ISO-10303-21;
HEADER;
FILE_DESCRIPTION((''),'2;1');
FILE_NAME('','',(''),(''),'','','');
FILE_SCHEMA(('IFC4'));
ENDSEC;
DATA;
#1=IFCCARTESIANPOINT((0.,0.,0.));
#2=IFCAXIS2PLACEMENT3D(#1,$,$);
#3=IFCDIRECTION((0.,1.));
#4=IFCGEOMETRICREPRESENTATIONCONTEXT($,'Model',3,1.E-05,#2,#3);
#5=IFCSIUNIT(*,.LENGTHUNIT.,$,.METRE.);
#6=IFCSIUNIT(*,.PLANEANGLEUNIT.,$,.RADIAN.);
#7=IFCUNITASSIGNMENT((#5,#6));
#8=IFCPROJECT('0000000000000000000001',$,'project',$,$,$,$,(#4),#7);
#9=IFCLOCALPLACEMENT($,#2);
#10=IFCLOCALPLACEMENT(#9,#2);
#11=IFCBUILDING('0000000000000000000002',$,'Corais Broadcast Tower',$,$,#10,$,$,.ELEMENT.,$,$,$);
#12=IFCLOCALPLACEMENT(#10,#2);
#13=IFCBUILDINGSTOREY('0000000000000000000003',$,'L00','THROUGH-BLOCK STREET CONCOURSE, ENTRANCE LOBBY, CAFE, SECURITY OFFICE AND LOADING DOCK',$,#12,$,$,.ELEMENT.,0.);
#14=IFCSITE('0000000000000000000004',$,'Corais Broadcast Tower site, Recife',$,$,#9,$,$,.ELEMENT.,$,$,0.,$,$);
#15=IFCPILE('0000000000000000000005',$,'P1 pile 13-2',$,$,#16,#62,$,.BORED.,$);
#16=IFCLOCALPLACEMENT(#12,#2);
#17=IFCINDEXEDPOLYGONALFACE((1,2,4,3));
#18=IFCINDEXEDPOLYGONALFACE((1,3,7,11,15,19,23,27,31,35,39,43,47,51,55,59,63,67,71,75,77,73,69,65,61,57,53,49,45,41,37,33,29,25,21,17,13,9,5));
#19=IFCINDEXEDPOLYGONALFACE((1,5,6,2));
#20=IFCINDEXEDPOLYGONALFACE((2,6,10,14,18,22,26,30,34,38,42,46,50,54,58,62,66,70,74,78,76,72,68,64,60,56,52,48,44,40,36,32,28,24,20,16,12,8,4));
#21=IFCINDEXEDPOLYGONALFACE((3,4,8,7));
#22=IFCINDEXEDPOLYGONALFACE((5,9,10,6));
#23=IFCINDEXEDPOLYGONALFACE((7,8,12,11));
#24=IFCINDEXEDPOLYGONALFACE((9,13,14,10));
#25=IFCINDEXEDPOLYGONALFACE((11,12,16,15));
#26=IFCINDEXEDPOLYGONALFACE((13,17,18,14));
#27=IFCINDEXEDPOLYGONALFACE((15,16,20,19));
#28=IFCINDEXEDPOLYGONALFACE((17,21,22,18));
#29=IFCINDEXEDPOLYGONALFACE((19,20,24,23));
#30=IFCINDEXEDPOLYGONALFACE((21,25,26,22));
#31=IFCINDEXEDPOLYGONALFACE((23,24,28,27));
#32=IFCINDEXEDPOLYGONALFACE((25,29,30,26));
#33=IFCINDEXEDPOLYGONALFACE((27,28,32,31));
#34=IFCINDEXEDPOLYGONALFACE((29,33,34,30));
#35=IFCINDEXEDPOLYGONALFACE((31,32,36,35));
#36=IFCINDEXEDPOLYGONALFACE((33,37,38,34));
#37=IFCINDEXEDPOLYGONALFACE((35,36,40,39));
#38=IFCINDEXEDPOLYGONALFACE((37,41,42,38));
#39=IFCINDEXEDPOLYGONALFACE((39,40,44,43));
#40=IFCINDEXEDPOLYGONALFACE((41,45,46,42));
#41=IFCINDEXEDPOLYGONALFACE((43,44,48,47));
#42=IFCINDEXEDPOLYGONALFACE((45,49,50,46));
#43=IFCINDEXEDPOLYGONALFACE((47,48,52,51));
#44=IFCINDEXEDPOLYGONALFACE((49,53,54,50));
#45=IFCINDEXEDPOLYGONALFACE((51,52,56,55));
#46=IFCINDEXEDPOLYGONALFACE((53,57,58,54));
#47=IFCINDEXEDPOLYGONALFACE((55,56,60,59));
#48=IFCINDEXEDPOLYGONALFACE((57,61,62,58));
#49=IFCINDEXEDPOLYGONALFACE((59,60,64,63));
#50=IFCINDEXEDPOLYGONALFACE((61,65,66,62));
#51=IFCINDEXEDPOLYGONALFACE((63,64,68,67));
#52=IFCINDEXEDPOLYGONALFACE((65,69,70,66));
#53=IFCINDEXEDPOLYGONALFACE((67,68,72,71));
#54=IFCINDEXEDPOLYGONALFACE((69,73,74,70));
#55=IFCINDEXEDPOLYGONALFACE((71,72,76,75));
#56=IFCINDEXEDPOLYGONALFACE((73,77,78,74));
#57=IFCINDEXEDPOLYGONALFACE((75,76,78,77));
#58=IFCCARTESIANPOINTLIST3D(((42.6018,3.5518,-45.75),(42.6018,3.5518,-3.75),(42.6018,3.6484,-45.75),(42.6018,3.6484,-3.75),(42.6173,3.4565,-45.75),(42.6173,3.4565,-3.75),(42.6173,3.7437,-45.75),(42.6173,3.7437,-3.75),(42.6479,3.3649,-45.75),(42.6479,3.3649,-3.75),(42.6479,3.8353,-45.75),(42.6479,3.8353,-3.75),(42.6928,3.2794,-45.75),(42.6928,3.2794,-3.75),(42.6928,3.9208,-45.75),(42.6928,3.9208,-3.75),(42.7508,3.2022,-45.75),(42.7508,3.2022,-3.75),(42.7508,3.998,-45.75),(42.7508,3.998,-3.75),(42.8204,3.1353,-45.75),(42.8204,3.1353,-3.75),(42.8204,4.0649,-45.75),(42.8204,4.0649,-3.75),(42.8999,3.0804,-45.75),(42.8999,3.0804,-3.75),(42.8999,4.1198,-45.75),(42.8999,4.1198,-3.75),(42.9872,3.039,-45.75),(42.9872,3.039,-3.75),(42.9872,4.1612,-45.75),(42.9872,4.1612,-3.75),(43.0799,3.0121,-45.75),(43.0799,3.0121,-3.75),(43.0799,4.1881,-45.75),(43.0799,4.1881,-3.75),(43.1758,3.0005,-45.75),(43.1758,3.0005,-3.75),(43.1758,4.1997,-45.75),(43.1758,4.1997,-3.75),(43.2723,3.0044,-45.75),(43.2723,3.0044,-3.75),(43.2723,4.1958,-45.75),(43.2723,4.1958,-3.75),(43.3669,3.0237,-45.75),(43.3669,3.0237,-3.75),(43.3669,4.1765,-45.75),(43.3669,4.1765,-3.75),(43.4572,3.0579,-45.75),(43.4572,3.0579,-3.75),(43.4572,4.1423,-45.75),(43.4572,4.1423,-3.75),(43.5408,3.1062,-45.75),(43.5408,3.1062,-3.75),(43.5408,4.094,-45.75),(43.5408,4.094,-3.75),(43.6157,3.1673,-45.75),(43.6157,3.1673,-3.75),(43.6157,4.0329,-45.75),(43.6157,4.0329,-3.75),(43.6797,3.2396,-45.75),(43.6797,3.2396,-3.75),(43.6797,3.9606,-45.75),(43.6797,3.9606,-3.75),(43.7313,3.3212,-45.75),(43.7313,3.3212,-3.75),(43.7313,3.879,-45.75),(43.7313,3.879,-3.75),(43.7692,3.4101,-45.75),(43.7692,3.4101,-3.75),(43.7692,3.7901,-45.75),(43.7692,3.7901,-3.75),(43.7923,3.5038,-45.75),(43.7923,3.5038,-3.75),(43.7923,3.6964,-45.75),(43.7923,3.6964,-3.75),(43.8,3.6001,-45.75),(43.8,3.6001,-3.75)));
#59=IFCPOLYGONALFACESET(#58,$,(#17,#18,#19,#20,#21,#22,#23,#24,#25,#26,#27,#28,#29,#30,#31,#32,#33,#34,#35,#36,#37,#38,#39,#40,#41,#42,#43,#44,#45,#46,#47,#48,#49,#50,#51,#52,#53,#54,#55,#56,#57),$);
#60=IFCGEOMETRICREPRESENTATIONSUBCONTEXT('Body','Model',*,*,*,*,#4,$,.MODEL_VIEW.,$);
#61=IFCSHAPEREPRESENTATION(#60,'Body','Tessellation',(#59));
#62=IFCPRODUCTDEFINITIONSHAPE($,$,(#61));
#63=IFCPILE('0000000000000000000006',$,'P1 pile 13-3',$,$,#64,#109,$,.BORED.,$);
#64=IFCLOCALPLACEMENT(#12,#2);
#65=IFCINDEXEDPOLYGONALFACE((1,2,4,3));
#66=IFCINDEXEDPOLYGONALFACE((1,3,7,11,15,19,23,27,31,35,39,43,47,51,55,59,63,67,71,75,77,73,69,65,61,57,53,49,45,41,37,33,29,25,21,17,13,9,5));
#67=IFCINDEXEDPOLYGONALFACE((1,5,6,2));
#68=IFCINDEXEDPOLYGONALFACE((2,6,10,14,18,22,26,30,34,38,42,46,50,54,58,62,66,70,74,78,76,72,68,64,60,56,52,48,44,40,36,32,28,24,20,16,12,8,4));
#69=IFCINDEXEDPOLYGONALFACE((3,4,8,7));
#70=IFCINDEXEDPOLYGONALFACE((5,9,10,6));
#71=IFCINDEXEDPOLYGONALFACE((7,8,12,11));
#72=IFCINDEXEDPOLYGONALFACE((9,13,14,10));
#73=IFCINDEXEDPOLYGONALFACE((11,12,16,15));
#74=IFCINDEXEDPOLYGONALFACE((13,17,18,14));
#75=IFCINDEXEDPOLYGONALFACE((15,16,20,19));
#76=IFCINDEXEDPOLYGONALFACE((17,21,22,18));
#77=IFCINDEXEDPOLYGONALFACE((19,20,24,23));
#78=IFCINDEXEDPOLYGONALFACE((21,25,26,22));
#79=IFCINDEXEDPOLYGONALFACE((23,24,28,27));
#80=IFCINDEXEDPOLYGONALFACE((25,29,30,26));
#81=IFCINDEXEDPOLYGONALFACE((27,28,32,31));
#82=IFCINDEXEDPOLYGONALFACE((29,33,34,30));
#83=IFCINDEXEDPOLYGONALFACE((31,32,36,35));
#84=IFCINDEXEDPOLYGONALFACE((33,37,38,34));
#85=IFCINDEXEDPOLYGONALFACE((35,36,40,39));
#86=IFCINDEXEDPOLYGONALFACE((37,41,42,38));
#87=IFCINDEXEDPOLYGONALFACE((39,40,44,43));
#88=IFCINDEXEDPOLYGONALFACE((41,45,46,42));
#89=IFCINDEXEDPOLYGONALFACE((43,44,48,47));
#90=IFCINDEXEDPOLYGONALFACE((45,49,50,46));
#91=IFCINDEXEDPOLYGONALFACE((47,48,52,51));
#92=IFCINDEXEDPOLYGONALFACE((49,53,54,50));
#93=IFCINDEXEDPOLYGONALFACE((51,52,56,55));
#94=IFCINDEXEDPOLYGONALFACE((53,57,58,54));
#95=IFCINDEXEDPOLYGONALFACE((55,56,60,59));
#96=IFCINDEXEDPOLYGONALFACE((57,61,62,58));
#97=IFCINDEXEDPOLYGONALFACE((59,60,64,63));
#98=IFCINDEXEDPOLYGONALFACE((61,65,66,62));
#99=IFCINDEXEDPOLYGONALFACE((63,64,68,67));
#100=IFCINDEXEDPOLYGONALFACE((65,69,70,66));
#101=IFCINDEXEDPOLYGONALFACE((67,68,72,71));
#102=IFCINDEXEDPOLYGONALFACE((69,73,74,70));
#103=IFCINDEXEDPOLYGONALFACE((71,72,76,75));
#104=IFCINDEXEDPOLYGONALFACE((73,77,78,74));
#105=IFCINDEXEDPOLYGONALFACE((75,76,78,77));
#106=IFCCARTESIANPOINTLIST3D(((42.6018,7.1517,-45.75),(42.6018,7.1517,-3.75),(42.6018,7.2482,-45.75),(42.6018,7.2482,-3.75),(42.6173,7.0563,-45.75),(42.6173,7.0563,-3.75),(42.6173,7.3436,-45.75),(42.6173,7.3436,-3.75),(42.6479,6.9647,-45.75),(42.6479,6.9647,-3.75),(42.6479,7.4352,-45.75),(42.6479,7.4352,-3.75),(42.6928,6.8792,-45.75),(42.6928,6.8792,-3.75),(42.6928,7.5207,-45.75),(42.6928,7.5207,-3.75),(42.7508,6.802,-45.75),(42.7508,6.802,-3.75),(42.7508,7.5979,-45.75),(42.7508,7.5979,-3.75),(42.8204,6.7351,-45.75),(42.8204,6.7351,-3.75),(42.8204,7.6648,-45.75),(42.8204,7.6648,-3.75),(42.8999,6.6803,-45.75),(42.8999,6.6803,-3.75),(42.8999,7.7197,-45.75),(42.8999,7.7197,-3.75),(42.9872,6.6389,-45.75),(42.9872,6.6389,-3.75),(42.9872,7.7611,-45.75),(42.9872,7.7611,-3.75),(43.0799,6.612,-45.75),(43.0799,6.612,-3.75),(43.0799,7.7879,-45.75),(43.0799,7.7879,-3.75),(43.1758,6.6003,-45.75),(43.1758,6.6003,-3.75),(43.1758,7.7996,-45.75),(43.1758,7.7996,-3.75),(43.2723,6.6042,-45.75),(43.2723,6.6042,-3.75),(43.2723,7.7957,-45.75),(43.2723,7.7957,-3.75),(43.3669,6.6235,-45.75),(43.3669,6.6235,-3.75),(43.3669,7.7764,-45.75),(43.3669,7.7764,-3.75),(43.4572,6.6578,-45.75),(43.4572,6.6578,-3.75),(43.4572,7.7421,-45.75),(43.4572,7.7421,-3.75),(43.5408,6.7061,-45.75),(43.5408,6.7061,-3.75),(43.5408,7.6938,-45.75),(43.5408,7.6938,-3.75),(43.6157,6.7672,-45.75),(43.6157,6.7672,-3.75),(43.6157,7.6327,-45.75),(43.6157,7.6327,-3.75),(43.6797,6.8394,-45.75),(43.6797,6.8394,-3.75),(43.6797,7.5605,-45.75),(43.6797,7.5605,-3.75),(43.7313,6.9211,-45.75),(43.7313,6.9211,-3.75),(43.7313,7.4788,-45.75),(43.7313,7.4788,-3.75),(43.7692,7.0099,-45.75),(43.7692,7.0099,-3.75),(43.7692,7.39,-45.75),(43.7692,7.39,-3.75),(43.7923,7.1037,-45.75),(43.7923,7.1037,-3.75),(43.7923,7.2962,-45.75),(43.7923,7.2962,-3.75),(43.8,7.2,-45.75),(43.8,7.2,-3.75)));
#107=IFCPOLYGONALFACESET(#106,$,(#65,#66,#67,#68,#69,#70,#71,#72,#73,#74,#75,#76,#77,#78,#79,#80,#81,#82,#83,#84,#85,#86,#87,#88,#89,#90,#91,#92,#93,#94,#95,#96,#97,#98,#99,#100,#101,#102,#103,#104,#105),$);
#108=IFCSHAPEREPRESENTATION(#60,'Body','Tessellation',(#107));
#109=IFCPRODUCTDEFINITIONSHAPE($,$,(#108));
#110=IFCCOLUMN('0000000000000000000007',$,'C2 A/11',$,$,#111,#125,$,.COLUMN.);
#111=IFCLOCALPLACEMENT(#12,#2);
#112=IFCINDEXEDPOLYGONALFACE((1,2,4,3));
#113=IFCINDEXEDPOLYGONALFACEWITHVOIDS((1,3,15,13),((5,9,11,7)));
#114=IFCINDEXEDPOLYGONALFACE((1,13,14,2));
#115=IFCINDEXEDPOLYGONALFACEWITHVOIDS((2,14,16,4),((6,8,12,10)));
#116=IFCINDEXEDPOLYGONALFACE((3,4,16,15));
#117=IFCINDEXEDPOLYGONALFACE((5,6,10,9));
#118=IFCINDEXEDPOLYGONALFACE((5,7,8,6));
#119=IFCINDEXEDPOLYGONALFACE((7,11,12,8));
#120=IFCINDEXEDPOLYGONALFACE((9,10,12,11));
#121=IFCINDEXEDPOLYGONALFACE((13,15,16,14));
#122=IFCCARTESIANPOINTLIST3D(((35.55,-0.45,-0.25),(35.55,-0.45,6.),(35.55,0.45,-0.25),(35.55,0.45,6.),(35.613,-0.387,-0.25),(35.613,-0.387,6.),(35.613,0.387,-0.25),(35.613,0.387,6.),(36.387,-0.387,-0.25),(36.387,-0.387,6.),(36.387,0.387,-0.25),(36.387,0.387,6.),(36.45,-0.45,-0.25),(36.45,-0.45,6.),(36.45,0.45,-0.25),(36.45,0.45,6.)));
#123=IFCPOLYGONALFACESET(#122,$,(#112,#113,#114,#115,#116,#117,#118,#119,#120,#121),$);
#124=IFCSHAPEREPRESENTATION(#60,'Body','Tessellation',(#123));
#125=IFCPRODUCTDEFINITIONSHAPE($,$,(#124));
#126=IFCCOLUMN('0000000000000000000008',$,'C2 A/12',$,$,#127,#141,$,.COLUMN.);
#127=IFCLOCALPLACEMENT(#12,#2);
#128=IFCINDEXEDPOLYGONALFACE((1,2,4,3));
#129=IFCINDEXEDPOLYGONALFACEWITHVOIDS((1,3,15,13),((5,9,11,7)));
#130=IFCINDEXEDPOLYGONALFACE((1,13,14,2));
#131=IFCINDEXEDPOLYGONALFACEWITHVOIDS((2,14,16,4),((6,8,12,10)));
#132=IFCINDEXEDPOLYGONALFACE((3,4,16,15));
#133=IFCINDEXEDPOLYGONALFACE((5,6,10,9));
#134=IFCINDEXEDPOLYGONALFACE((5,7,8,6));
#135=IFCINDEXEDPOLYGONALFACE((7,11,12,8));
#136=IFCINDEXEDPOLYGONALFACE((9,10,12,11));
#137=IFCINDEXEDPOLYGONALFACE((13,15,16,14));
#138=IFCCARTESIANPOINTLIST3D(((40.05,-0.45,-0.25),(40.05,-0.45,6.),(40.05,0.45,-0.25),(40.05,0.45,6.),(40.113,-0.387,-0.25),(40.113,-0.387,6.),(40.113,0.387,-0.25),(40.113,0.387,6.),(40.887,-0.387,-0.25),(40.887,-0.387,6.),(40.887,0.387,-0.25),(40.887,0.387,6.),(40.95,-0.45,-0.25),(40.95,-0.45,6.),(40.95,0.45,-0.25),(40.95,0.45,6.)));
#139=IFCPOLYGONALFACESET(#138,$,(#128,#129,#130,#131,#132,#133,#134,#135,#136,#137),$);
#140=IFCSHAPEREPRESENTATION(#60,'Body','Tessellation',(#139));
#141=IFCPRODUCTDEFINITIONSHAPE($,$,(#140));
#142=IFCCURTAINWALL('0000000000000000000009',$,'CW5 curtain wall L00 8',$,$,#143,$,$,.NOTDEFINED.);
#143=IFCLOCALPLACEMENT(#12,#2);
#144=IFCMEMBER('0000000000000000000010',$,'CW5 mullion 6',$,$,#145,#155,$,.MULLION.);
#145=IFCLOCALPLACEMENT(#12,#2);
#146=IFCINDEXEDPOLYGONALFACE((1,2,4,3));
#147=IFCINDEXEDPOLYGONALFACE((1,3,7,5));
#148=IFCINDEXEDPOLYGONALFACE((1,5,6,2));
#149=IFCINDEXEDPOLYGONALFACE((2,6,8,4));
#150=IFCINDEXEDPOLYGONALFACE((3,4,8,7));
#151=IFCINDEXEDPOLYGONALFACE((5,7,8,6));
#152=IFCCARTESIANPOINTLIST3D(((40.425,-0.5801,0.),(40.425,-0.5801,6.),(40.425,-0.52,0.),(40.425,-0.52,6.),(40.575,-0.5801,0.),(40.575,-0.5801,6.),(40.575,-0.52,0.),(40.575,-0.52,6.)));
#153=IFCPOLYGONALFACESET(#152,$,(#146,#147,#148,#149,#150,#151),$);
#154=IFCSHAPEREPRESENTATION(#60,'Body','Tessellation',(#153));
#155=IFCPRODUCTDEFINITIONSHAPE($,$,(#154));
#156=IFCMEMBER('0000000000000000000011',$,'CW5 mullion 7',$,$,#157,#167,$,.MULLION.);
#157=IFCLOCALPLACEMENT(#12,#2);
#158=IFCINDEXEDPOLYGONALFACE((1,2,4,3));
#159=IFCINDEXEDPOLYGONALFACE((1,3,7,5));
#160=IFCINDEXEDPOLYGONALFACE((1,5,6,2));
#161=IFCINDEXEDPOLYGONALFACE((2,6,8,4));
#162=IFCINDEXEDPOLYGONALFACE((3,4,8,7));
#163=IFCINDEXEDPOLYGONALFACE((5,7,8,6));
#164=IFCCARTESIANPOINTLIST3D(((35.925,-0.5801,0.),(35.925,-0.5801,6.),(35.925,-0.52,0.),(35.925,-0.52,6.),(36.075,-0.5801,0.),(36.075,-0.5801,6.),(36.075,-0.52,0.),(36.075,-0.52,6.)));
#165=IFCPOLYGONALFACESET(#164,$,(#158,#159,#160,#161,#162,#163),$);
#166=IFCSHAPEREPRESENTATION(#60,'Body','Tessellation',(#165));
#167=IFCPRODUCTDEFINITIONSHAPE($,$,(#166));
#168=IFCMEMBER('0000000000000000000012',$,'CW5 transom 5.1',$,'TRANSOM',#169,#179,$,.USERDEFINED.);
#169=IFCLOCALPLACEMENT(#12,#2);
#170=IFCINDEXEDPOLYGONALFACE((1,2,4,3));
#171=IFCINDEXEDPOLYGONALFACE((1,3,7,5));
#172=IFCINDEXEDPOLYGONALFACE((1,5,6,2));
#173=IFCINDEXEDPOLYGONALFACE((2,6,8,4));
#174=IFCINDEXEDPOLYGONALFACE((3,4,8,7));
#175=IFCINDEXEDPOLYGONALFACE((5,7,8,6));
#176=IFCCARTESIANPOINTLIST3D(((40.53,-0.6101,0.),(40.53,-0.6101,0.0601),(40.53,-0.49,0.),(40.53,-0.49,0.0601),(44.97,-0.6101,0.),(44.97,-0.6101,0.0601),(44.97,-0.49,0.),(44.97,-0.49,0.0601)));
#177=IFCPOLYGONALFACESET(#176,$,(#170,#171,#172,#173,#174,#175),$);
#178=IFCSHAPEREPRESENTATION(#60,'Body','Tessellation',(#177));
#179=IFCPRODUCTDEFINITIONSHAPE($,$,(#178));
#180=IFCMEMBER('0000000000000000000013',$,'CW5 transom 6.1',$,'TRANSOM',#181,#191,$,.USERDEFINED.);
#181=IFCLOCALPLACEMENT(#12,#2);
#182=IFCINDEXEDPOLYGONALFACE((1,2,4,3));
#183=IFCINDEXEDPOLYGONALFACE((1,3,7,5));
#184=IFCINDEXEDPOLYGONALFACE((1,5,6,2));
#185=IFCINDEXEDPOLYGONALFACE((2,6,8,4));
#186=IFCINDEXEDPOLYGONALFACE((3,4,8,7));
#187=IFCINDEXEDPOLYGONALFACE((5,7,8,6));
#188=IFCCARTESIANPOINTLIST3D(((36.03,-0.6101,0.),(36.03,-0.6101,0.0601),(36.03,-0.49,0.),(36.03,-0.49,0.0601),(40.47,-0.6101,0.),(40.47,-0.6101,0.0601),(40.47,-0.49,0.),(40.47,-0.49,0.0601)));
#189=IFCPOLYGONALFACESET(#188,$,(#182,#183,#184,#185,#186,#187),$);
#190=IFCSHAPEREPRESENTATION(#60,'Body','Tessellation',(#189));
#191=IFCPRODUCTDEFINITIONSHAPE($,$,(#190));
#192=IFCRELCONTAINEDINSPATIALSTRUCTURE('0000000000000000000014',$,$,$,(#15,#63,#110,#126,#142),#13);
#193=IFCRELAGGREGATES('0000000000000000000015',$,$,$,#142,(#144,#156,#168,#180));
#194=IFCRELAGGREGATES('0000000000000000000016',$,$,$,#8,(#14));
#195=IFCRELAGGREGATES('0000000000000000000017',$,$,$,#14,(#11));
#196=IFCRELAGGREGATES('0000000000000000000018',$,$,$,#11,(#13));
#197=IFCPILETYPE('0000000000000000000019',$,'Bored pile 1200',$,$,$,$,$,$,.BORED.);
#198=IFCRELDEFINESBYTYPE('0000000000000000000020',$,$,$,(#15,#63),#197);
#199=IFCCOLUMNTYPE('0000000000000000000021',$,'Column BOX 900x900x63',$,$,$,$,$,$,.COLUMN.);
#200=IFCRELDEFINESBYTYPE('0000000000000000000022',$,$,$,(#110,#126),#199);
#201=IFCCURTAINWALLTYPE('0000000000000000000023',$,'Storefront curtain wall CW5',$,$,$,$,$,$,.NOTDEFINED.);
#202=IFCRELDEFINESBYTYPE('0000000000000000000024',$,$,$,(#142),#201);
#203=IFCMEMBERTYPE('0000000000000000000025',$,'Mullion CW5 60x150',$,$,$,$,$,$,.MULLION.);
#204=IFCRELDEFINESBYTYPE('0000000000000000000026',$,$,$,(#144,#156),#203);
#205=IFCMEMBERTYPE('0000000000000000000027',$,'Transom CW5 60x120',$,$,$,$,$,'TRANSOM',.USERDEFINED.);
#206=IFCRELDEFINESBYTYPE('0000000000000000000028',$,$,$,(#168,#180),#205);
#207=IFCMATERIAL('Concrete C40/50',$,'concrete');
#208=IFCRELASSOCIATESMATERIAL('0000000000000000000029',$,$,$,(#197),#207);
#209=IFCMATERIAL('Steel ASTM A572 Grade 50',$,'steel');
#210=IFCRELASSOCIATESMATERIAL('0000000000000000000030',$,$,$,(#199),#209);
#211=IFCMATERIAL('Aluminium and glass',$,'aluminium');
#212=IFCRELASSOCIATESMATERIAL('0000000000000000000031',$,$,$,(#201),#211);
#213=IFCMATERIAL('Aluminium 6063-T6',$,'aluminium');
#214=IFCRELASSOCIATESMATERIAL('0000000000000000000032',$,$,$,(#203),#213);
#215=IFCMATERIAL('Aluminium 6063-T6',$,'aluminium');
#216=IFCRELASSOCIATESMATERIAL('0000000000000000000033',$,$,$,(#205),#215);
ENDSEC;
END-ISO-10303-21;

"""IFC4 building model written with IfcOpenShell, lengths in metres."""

from ifc_helpers import new_model, si_unit, direction, frame, origin, origin_2d, place, context, subcontext, project, spatial, rectangle, hollow_rectangle, circle, extrude, material, material_profile, profile_set, type_object, element, aggregate, save


model = new_model("IFC4")

# Units and contexts
model_context = context("Model", 3, precision=1e-05, world=origin(), true_north=direction((0.0, 1.0)))
body_context = subcontext(model_context, "Body", "Model", "MODEL_VIEW")
ifc_project = project(units=[si_unit("LENGTHUNIT", "METRE"), si_unit("PLANEANGLEUNIT", "RADIAN")], contexts=[model_context])

# Site, building, storey
site_placement = place(None, origin())
site = spatial("IfcSite", under=ifc_project, at=site_placement, Name="Corais Broadcast Tower site, Recife", CompositionType="ELEMENT", RefElevation=0.0)
building_placement = place(site_placement, origin())
building = spatial("IfcBuilding", under=site, at=building_placement, Name="Corais Broadcast Tower", CompositionType="ELEMENT")
storey_placement = place(building_placement, origin())
storey = spatial("IfcBuildingStorey", under=building, at=storey_placement, Name="L00", Description="THROUGH-BLOCK STREET CONCOURSE, ENTRANCE LOBBY, CAFE, SECURITY OFFICE AND LOADING DOCK", CompositionType="ELEMENT", Elevation=0.0)

# Piles
ifc_material_1 = material(Name="Concrete C40/50", Category="concrete")
pile_type = type_object("IfcPileType", Name="Bored pile 1200", PredefinedType="BORED", material=ifc_material_1)
for number, where, z_axis, x_axis, name in (
    (1, (43.2, 3.6001, -3.75), (0.0, 0.0, -1.0), (1.0, 0.0, 0.0), "P1 pile 13-2"),
    (2, (43.2, 7.2, -3.75), (0.0, 0.0, -1.0), (1.0, 0.0, 0.0), "P1 pile 13-3"),
):
    element("IfcPile", number, at=place(storey_placement, frame(where, z_axis=z_axis, x_axis=x_axis)), inside=storey, type_object=pile_type, Name=name, PredefinedType="BORED", context=body_context, shape_type="SweptSolid", body=[
        extrude(circle(Radius=0.6001, at=origin_2d()), origin(), (0.0, 0.0, 1.0), 42.0),
    ])

# Columns
ifc_material_2 = material(Name="Steel ASTM A572 Grade 50", Category="steel")
ifc_material_profile_1 = material_profile(ifc_material_2, hollow_rectangle(XDim=0.8999, YDim=0.8999, WallThickness=0.063, at=origin_2d()), Name="BOX 900x900x63")
ifc_profile_set_1 = profile_set([ifc_material_profile_1], Name="Steel ASTM A572 Grade 50")
column_type = type_object("IfcColumnType", Name="Column BOX 900x900x63", PredefinedType="COLUMN", material=ifc_profile_set_1)
for number, where, z_axis, x_axis, name in (
    (3, (36.0, 0.0, -0.25), (0.0, 0.0, 1.0), (1.0, 0.0, 0.0), "C2 A/11"),
    (4, (40.5, 0.0, -0.25), (0.0, 0.0, 1.0), (1.0, 0.0, 0.0), "C2 A/12"),
):
    element("IfcColumn", number, at=place(storey_placement, frame(where, z_axis=z_axis, x_axis=x_axis)), inside=storey, type_object=column_type, Name=name, PredefinedType="COLUMN", context=body_context, shape_type="SweptSolid", body=[
        extrude(hollow_rectangle(XDim=0.8999, YDim=0.8999, WallThickness=0.063, at=origin_2d()), origin(), (0.0, 0.0, 1.0), 6.25),
    ])

# Curtain wall, members
ifc_material_3 = material(Name="Aluminium and glass", Category="aluminium")
curtain_wall_type = type_object("IfcCurtainWallType", Name="Storefront curtain wall CW5", PredefinedType="NOTDEFINED", material=ifc_material_3)
curtain_wall_placement = place(storey_placement, origin())
curtain_wall = element("IfcCurtainWall", 5, at=curtain_wall_placement, inside=storey, type_object=curtain_wall_type, Name="CW5 curtain wall L00 8", PredefinedType="NOTDEFINED")
ifc_material_4 = material(Name="Aluminium 6063-T6", Category="aluminium")
ifc_material_profile_2 = material_profile(ifc_material_4, rectangle(XDim=0.0601, YDim=0.1499, at=origin_2d()), Name="Mullion CW5 60x150")
ifc_profile_set_2 = profile_set([ifc_material_profile_2], Name="Aluminium 6063-T6")
member_type_1 = type_object("IfcMemberType", Name="Mullion CW5 60x150", PredefinedType="MULLION", material=ifc_profile_set_2)
member_1_placement = place(storey_placement, frame((40.5, -0.55, 0.0), z_axis=(0.0, 0.0, 1.0), x_axis=(0.0, -1.0, 0.0)))
member_1 = element("IfcMember", 6, at=member_1_placement, type_object=member_type_1, Name="CW5 mullion 6", PredefinedType="MULLION", context=body_context, shape_type="SweptSolid", body=[
    extrude(rectangle(XDim=0.0601, YDim=0.1499, at=origin_2d()), origin(), (0.0, 0.0, 1.0), 6.0),
])
member_2_placement = place(storey_placement, frame((36.0, -0.55, 0.0), z_axis=(0.0, 0.0, 1.0), x_axis=(0.0, -1.0, 0.0)))
member_2 = element("IfcMember", 7, at=member_2_placement, type_object=member_type_1, Name="CW5 mullion 7", PredefinedType="MULLION", context=body_context, shape_type="SweptSolid", body=[
    extrude(rectangle(XDim=0.0601, YDim=0.1499, at=origin_2d()), origin(), (0.0, 0.0, 1.0), 6.0),
])
ifc_material_5 = material(Name="Aluminium 6063-T6", Category="aluminium")
ifc_material_profile_3 = material_profile(ifc_material_5, rectangle(XDim=0.1201, YDim=0.0601, at=origin_2d()), Name="Transom CW5 60x120")
ifc_profile_set_3 = profile_set([ifc_material_profile_3], Name="Aluminium 6063-T6")
member_type_2 = type_object("IfcMemberType", Name="Transom CW5 60x120", ElementType="TRANSOM", PredefinedType="USERDEFINED", material=ifc_profile_set_3)
member_3_placement = place(storey_placement, frame((44.97, -0.55, 0.03), z_axis=(-1.0, 0.0, 0.0), x_axis=(0.0, -1.0, 0.0)))
member_3 = element("IfcMember", 8, at=member_3_placement, type_object=member_type_2, Name="CW5 transom 5.1", ObjectType="TRANSOM", PredefinedType="USERDEFINED", context=body_context, shape_type="SweptSolid", body=[
    extrude(rectangle(XDim=0.1201, YDim=0.0601, at=origin_2d()), origin(), (0.0, 0.0, 1.0), 4.4399),
])
member_4_placement = place(storey_placement, frame((40.47, -0.55, 0.03), z_axis=(-1.0, 0.0, 0.0), x_axis=(0.0, -1.0, 0.0)))
member_4 = element("IfcMember", 9, at=member_4_placement, type_object=member_type_2, Name="CW5 transom 6.1", ObjectType="TRANSOM", PredefinedType="USERDEFINED", context=body_context, shape_type="SweptSolid", body=[
    extrude(rectangle(XDim=0.1201, YDim=0.0601, at=origin_2d()), origin(), (0.0, 0.0, 1.0), 4.4399),
])
aggregate(curtain_wall, [member_1, member_2, member_3, member_4])

save(model, "model.ifc")
